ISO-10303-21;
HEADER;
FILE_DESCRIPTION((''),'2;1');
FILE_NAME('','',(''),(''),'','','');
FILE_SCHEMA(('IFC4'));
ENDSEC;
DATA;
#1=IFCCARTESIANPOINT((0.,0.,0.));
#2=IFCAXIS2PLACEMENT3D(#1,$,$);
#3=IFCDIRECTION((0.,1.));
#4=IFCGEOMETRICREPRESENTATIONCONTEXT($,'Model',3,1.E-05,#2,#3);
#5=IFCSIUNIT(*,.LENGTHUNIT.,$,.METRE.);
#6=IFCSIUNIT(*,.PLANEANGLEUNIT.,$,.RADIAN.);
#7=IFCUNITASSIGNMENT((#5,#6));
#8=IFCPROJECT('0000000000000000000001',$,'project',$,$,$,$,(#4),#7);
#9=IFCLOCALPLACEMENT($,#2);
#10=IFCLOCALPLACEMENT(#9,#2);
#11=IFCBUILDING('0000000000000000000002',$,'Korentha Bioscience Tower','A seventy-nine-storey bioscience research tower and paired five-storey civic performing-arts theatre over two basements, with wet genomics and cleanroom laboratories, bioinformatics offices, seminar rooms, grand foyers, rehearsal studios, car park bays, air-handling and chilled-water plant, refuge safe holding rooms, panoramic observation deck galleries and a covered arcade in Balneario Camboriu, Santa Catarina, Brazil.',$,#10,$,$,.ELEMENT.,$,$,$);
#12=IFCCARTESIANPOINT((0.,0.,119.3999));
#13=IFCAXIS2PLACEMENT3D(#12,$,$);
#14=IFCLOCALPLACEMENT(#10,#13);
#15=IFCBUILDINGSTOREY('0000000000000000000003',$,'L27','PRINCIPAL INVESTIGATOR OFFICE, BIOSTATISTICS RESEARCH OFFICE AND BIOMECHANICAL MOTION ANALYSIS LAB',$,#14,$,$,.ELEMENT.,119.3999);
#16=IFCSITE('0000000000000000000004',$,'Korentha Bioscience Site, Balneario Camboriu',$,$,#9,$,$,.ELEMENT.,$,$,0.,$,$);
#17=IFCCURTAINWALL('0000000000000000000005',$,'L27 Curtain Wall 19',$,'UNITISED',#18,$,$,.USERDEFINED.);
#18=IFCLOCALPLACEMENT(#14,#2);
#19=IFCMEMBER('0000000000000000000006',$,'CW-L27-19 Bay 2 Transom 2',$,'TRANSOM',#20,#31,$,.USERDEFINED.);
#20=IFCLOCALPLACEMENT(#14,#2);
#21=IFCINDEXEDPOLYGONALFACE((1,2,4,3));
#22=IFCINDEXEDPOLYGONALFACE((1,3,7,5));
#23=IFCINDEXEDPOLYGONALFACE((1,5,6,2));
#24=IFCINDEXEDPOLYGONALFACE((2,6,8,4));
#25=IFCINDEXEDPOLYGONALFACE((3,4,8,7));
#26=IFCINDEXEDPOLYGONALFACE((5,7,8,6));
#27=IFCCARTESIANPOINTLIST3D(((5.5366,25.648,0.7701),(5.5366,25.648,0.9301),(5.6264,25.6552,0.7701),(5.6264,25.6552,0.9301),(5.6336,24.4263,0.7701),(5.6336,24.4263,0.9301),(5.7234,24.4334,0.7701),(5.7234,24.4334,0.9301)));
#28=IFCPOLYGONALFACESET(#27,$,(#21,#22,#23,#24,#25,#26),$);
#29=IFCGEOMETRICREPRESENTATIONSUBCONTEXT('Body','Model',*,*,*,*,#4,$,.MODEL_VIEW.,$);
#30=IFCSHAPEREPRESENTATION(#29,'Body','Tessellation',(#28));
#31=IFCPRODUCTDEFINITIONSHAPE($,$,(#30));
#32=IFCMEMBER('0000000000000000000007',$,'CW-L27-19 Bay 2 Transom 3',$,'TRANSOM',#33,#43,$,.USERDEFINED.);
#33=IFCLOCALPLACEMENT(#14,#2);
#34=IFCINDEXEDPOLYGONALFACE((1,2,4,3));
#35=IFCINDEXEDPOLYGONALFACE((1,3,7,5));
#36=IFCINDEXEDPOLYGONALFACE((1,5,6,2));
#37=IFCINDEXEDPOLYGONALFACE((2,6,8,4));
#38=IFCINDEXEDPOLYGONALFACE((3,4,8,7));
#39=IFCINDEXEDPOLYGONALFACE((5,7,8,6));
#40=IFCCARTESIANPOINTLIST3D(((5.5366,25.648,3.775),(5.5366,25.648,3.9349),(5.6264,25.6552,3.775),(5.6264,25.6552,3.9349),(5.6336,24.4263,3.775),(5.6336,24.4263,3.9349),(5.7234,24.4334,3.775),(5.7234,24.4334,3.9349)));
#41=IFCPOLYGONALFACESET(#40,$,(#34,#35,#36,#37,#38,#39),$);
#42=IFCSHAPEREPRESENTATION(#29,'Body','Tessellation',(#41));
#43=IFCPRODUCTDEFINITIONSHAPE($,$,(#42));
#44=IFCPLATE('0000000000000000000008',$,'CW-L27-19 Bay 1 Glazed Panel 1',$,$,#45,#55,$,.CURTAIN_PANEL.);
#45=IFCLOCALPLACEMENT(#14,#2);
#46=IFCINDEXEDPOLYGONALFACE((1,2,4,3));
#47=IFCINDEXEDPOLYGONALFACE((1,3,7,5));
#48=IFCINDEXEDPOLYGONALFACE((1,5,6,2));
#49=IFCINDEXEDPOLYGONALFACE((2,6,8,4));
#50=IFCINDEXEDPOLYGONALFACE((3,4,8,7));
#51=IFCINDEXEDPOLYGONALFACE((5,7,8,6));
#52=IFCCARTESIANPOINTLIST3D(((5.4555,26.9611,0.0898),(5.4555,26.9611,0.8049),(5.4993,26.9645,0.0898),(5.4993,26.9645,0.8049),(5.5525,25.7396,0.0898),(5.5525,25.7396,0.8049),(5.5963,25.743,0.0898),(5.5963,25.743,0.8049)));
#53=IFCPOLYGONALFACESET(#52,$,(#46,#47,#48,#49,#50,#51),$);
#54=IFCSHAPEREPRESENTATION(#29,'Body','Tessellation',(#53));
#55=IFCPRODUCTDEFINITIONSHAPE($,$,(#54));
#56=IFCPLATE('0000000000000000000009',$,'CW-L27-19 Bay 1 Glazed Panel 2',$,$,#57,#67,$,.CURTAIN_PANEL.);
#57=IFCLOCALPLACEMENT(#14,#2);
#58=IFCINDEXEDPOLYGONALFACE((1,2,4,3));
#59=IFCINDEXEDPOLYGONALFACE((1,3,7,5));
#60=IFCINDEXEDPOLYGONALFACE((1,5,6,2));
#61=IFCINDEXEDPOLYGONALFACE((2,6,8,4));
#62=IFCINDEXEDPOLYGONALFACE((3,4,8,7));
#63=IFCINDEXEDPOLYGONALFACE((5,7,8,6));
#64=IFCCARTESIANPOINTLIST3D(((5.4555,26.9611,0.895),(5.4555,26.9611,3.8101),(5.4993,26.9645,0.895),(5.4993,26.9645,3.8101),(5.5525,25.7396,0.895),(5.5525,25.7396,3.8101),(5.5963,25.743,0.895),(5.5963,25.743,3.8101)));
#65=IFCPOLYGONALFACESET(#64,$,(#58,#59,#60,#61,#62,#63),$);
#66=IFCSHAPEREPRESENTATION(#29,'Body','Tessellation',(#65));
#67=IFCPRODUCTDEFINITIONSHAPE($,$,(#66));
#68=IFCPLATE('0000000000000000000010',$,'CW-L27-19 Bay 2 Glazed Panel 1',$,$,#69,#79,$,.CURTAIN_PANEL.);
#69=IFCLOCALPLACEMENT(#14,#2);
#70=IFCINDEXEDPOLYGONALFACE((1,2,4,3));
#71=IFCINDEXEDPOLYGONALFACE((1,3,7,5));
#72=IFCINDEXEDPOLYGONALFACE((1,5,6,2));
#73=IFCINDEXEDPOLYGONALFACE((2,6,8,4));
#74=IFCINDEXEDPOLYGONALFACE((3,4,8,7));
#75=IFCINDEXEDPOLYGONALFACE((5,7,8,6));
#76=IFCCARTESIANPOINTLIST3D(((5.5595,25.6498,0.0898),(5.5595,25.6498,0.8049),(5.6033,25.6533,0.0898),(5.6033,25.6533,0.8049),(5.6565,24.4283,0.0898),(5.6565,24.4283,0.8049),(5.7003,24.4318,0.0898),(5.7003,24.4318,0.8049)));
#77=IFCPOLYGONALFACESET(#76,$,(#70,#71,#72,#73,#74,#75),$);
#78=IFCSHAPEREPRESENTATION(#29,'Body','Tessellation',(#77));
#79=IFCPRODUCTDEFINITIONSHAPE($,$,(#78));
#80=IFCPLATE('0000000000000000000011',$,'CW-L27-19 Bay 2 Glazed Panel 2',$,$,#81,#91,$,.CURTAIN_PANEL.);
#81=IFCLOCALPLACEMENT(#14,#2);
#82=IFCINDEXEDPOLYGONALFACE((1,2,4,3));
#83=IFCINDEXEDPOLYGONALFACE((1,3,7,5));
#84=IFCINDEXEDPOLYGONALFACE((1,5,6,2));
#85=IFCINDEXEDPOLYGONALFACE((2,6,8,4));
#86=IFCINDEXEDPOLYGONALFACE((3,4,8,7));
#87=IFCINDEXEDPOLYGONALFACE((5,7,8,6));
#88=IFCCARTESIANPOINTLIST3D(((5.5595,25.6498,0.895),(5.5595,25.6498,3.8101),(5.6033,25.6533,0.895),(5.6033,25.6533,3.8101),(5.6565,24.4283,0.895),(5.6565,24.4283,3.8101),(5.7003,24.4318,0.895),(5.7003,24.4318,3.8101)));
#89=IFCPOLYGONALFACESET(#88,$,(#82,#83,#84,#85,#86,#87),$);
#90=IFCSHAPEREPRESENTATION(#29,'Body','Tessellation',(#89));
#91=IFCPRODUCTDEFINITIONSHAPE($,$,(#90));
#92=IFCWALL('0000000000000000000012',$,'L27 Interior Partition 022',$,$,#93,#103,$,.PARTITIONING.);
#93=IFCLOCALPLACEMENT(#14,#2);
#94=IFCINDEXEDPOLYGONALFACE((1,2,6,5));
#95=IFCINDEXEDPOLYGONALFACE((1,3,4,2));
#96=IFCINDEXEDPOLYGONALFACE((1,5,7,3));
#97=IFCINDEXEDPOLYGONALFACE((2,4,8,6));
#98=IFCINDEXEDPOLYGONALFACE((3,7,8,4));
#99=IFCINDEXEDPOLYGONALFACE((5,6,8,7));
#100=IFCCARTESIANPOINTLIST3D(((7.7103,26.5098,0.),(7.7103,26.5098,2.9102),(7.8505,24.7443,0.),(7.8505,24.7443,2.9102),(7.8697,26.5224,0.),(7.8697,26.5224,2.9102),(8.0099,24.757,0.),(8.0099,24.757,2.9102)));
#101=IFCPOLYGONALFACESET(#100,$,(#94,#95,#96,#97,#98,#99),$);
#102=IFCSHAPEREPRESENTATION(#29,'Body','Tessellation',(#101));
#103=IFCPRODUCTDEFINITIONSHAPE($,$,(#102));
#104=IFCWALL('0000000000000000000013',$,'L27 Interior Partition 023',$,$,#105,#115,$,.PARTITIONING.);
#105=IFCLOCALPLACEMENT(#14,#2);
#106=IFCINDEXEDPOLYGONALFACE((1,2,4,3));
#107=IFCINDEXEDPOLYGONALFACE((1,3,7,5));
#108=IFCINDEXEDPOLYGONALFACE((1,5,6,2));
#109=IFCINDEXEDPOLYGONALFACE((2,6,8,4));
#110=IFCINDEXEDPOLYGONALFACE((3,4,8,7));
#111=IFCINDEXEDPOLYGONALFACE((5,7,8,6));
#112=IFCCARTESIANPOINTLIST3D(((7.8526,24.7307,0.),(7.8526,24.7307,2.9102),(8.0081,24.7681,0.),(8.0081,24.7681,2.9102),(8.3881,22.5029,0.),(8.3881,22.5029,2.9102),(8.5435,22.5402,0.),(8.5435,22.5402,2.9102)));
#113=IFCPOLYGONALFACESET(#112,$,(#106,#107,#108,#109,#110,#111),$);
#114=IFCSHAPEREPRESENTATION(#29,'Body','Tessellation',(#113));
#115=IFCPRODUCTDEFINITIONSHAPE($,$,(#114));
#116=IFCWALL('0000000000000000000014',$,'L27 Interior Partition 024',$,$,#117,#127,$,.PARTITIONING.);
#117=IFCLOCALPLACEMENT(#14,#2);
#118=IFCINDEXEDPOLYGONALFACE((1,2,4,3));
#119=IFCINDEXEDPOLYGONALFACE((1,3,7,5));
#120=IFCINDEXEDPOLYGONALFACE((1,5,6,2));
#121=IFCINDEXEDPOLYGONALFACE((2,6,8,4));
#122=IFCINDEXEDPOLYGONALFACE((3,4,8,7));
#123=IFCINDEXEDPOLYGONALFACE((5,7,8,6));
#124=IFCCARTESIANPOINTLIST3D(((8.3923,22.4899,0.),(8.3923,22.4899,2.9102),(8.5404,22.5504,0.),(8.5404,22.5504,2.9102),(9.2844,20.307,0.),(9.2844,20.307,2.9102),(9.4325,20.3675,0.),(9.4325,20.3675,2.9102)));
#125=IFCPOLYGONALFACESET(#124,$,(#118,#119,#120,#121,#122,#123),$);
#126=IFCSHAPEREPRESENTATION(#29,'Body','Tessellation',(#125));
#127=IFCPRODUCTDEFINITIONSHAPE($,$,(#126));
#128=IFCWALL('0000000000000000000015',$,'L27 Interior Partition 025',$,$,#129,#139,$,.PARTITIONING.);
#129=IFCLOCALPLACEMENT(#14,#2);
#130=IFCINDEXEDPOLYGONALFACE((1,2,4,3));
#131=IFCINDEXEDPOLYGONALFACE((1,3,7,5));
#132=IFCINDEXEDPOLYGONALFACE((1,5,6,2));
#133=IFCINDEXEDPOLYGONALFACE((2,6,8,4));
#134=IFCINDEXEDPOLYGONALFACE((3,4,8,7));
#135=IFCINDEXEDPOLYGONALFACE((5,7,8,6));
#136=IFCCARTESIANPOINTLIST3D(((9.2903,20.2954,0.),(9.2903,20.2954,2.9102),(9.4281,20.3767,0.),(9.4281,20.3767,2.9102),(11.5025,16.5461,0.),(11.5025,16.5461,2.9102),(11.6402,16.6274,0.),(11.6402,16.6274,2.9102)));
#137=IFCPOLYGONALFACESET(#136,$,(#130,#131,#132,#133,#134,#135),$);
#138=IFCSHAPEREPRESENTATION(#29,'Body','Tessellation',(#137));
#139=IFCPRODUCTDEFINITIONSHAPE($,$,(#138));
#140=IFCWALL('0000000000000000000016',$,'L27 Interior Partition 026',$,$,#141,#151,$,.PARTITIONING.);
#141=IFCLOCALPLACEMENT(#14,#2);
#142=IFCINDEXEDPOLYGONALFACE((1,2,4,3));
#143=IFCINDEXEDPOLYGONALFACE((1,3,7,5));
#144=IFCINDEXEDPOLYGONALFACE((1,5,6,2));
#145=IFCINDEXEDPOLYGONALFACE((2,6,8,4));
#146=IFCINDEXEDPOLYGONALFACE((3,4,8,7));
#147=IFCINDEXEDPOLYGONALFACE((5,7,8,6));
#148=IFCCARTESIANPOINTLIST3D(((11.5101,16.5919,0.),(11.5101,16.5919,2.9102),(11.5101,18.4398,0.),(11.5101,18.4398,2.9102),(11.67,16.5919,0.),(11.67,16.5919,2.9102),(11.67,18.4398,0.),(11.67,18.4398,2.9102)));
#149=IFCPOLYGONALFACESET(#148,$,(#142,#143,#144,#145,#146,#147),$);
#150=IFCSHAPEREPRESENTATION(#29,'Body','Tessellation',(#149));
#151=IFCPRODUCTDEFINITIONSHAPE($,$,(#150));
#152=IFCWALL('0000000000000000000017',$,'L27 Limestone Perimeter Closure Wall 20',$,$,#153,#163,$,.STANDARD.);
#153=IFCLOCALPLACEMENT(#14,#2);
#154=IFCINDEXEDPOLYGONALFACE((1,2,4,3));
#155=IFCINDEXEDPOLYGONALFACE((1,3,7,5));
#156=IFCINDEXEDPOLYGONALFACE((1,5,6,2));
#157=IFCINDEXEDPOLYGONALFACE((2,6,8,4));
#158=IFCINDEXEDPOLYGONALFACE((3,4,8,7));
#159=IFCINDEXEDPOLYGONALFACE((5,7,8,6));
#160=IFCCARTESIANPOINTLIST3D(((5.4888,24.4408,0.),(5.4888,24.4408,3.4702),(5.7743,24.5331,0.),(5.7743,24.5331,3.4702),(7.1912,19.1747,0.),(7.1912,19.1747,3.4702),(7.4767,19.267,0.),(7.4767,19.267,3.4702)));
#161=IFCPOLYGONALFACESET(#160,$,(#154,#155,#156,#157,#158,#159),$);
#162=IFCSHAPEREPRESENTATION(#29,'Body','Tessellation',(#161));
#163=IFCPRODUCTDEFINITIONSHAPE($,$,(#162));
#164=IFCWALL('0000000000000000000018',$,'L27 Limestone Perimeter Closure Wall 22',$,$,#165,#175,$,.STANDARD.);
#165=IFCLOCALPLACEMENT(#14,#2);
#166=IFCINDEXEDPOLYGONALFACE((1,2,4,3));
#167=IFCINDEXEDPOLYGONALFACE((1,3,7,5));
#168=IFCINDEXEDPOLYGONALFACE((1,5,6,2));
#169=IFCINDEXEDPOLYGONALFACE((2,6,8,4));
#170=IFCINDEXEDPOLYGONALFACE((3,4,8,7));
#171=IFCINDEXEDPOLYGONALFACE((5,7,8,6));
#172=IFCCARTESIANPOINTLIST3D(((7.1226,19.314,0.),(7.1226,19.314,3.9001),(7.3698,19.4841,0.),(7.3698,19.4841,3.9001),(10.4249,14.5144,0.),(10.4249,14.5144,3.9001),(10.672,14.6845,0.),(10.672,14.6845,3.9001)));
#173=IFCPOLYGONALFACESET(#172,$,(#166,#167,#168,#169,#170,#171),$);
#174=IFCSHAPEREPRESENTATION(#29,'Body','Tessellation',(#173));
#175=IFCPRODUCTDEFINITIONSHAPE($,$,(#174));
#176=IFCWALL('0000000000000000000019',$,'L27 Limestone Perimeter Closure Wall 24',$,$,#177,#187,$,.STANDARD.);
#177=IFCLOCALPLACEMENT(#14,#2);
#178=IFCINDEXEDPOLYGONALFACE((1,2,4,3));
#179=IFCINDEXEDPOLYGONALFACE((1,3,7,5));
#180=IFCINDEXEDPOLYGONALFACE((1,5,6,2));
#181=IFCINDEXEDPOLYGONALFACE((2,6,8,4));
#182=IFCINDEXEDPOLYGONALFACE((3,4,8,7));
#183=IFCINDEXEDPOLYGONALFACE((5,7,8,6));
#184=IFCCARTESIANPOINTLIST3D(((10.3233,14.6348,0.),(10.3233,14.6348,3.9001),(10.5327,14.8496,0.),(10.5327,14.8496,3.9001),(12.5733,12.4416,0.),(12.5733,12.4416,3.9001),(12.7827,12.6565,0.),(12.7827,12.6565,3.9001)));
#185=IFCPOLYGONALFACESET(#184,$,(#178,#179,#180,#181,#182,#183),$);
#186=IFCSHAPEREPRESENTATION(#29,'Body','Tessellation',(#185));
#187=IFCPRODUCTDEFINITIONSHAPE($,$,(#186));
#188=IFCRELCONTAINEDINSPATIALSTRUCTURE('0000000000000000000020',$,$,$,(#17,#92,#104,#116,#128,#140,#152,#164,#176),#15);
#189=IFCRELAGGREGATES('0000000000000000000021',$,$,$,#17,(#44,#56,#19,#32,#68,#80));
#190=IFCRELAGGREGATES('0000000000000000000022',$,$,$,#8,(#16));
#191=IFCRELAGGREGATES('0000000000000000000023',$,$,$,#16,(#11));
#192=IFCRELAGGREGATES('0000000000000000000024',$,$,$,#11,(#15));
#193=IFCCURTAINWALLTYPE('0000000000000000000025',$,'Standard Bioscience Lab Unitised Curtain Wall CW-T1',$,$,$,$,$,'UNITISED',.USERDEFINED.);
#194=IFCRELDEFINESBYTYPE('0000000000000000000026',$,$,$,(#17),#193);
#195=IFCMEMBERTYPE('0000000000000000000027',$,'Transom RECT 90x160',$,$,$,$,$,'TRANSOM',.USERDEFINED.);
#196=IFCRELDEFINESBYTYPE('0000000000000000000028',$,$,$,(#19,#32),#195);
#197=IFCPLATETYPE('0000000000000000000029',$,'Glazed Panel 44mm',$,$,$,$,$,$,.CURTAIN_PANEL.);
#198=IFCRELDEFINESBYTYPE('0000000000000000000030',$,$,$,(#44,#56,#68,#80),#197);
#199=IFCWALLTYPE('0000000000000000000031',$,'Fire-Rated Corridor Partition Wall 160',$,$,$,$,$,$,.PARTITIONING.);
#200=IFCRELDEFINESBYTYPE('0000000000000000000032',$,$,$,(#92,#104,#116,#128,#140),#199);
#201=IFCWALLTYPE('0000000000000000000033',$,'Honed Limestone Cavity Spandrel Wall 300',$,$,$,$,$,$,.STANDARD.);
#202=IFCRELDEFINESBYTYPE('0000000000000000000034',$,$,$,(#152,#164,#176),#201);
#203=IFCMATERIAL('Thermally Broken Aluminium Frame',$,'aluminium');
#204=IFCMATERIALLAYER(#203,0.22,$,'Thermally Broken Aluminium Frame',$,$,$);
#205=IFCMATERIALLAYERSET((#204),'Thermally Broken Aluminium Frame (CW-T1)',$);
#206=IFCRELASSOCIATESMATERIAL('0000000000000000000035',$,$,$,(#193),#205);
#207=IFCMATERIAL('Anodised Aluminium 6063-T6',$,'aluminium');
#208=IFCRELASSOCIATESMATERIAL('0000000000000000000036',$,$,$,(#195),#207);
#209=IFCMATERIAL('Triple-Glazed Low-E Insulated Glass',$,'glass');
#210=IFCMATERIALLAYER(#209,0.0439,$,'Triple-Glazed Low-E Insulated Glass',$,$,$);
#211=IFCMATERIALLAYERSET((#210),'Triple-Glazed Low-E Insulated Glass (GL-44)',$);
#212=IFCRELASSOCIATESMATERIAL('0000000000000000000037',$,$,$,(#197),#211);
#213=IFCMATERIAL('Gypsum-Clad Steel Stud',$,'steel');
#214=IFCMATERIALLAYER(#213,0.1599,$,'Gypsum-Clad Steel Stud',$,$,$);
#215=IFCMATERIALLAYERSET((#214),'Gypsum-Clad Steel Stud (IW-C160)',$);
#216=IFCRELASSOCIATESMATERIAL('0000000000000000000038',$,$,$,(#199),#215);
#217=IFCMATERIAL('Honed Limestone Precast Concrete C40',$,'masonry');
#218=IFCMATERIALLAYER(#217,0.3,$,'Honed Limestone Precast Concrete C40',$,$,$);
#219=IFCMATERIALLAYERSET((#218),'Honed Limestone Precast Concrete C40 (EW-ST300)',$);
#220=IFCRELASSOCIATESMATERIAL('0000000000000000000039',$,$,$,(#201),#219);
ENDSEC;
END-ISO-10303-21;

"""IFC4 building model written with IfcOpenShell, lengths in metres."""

from ifc_helpers import new_model, si_unit, direction, frame, frame_2d, origin, origin_2d, place, context, subcontext, project, spatial, rectangle, extrude, material, layer, layer_set, material_profile, profile_set, type_object, element, aggregate, save


model = new_model("IFC4")

# Units and contexts
model_context = context("Model", 3, precision=1e-05, world=origin(), true_north=direction((0.0, 1.0)))
body_context = subcontext(model_context, "Body", "Model", "MODEL_VIEW")
ifc_project = project(units=[si_unit("LENGTHUNIT", "METRE"), si_unit("PLANEANGLEUNIT", "RADIAN")], contexts=[model_context])

# Site, building, storey
site_placement = place(None, origin())
site = spatial("IfcSite", under=ifc_project, at=site_placement, Name="Korentha Bioscience Site, Balneario Camboriu", CompositionType="ELEMENT", RefElevation=0.0)
building_placement = place(site_placement, origin())
building = spatial("IfcBuilding", under=site, at=building_placement, Name="Korentha Bioscience Tower", Description="A seventy-nine-storey bioscience research tower and paired five-storey civic performing-arts theatre over two basements, with wet genomics and cleanroom laboratories, bioinformatics offices, seminar rooms, grand foyers, rehearsal studios, car park bays, air-handling and chilled-water plant, refuge safe holding rooms, panoramic observation deck galleries and a covered arcade in Balneario Camboriu, Santa Catarina, Brazil.", CompositionType="ELEMENT")
storey_placement = place(building_placement, frame((0.0, 0.0, 119.3999)))
storey = spatial("IfcBuildingStorey", under=building, at=storey_placement, Name="L27", Description="PRINCIPAL INVESTIGATOR OFFICE, BIOSTATISTICS RESEARCH OFFICE AND BIOMECHANICAL MOTION ANALYSIS LAB", CompositionType="ELEMENT", Elevation=119.3999)

# Curtain wall
ifc_material_1 = material(Name="Thermally Broken Aluminium Frame", Category="aluminium")
ifc_layer_1 = layer(ifc_material_1, 0.22, Name="Thermally Broken Aluminium Frame")
ifc_layer_set_1 = layer_set([ifc_layer_1], Name="Thermally Broken Aluminium Frame (CW-T1)")
curtain_wall_type = type_object("IfcCurtainWallType", Name="Standard Bioscience Lab Unitised Curtain Wall CW-T1", ElementType="UNITISED", PredefinedType="USERDEFINED", material=ifc_layer_set_1)
curtain_wall_placement = place(storey_placement, origin())
curtain_wall = element("IfcCurtainWall", 1, at=curtain_wall_placement, inside=storey, type_object=curtain_wall_type, Name="L27 Curtain Wall 19", ObjectType="UNITISED", PredefinedType="USERDEFINED")
ifc_material_2 = material(Name="Anodised Aluminium 6063-T6", Category="aluminium")

# Members
ifc_material_profile_1 = material_profile(ifc_material_2, rectangle(XDim=0.0901, YDim=0.1599, at=origin_2d()), Name="Anodised Aluminium 6063-T6")
ifc_profile_set_1 = profile_set([ifc_material_profile_1], Name="Anodised Aluminium 6063-T6 (CW-TRN)")
member_type_1 = type_object("IfcMemberType", Name="Transom RECT 90x160", ElementType="TRANSOM", PredefinedType="USERDEFINED", material=ifc_profile_set_1)
member_1_placement = place(storey_placement, frame((5.5815, 25.6516, 0.8501), z_axis=(0.079088, -0.996868, 0.0), x_axis=(0.996868, 0.079088, 0.0)))
member_1 = element("IfcMember", 2, at=member_1_placement, type_object=member_type_1, Name="CW-L27-19 Bay 2 Transom 2", ObjectType="TRANSOM", PredefinedType="USERDEFINED", context=body_context, shape_type="SweptSolid", body=[
    extrude(rectangle(XDim=0.0901, YDim=0.1599, at=origin_2d()), origin(), (0.0, 0.0, 1.0), 1.2256),
])
member_2_placement = place(storey_placement, frame((5.5815, 25.6516, 3.855), z_axis=(0.079088, -0.996868, 0.0), x_axis=(0.996868, 0.079088, 0.0)))
member_2 = element("IfcMember", 3, at=member_2_placement, type_object=member_type_1, Name="CW-L27-19 Bay 2 Transom 3", ObjectType="TRANSOM", PredefinedType="USERDEFINED", context=body_context, shape_type="SweptSolid", body=[
    extrude(rectangle(XDim=0.0901, YDim=0.1599, at=origin_2d()), origin(), (0.0, 0.0, 1.0), 1.2256),
])

# Plates
ifc_material_3 = material(Name="Triple-Glazed Low-E Insulated Glass", Category="glass")
ifc_layer_2 = layer(ifc_material_3, 0.0439, Name="Triple-Glazed Low-E Insulated Glass")
ifc_layer_set_2 = layer_set([ifc_layer_2], Name="Triple-Glazed Low-E Insulated Glass (GL-44)")
plate_type = type_object("IfcPlateType", Name="Glazed Panel 44mm", PredefinedType="CURTAIN_PANEL", material=ifc_layer_set_2)
plate_1_placement = place(storey_placement, frame((5.5259, 26.3521, 0.0898), z_axis=(0.0, 0.0, 1.0), x_axis=(0.07913, -0.996864, 0.0)))
plate_1 = element("IfcPlate", 4, at=plate_1_placement, type_object=plate_type, Name="CW-L27-19 Bay 1 Glazed Panel 1", PredefinedType="CURTAIN_PANEL", context=body_context, shape_type="SweptSolid", body=[
    extrude(rectangle(XDim=1.2253, YDim=0.0439, at=origin_2d()), origin(), (0.0, 0.0, 1.0), 0.7151),
])
plate_2_placement = place(storey_placement, frame((5.5259, 26.3521, 0.895), z_axis=(0.0, 0.0, 1.0), x_axis=(0.07913, -0.996864, 0.0)))
plate_2 = element("IfcPlate", 5, at=plate_2_placement, type_object=plate_type, Name="CW-L27-19 Bay 1 Glazed Panel 2", PredefinedType="CURTAIN_PANEL", context=body_context, shape_type="SweptSolid", body=[
    extrude(rectangle(XDim=1.2253, YDim=0.0439, at=origin_2d()), origin(), (0.0, 0.0, 1.0), 2.915),
])
plate_3_placement = place(storey_placement, frame((5.6299, 25.0408, 0.0898), z_axis=(0.0, 0.0, 1.0), x_axis=(0.07913, -0.996864, 0.0)))
plate_3 = element("IfcPlate", 6, at=plate_3_placement, type_object=plate_type, Name="CW-L27-19 Bay 2 Glazed Panel 1", PredefinedType="CURTAIN_PANEL", context=body_context, shape_type="SweptSolid", body=[
    extrude(rectangle(XDim=1.2253, YDim=0.0439, at=origin_2d()), origin(), (0.0, 0.0, 1.0), 0.7151),
])
plate_4_placement = place(storey_placement, frame((5.6299, 25.0408, 0.895), z_axis=(0.0, 0.0, 1.0), x_axis=(0.07913, -0.996864, 0.0)))
plate_4 = element("IfcPlate", 7, at=plate_4_placement, type_object=plate_type, Name="CW-L27-19 Bay 2 Glazed Panel 2", PredefinedType="CURTAIN_PANEL", context=body_context, shape_type="SweptSolid", body=[
    extrude(rectangle(XDim=1.2253, YDim=0.0439, at=origin_2d()), origin(), (0.0, 0.0, 1.0), 2.915),
])
aggregate(curtain_wall, [plate_1, plate_2, member_1, member_2, plate_3, plate_4])

# Shared definitions
ifc_material_4 = material(Name="Gypsum-Clad Steel Stud", Category="steel")
ifc_layer_3 = layer(ifc_material_4, 0.1599, Name="Gypsum-Clad Steel Stud")
ifc_layer_set_3 = layer_set([ifc_layer_3], Name="Gypsum-Clad Steel Stud (IW-C160)")
wall_type_1 = type_object("IfcWallType", Name="Fire-Rated Corridor Partition Wall 160", PredefinedType="PARTITIONING", material=ifc_layer_set_3)

# Walls
wall_1_placement = place(storey_placement, frame((7.79, 26.5161, 0.0), z_axis=(0.0, 0.0, 1.0), x_axis=(0.079132, -0.996864, 0.0)))
element("IfcWall", 8, at=wall_1_placement, inside=storey, type_object=wall_type_1, Name="L27 Interior Partition 022", PredefinedType="PARTITIONING", context=body_context, shape_type="SweptSolid", body=[
    extrude(rectangle(XDim=1.771, YDim=0.1599, at=frame_2d((0.8855, 0.0))), origin(), (0.0, 0.0, 1.0), 2.9102),
])
wall_2_placement = place(storey_placement, frame((7.9304, 24.7493, 0.0), z_axis=(0.0, 0.0, 1.0), x_axis=(0.233675, -0.972315, 0.0)))
element("IfcWall", 9, at=wall_2_placement, inside=storey, type_object=wall_type_1, Name="L27 Interior Partition 023", PredefinedType="PARTITIONING", context=body_context, shape_type="SweptSolid", body=[
    extrude(rectangle(XDim=2.2913, YDim=0.1599, at=frame_2d((1.1455, 0.0))), origin(), (0.0, 0.0, 1.0), 2.9102),
])
wall_3_placement = place(storey_placement, frame((8.4663, 22.5203, 0.0), z_axis=(0.0, 0.0, 1.0), x_axis=(0.378306, -0.92568, 0.0)))
element("IfcWall", 10, at=wall_3_placement, inside=storey, type_object=wall_type_1, Name="L27 Interior Partition 024", PredefinedType="PARTITIONING", context=body_context, shape_type="SweptSolid", body=[
    extrude(rectangle(XDim=2.3582, YDim=0.1599, at=frame_2d((1.1792, 0.0))), origin(), (0.0, 0.0, 1.0), 2.9102),
])
wall_4_placement = place(storey_placement, frame((9.3591, 20.3362, 0.0), z_axis=(0.0, 0.0, 1.0), x_axis=(0.508164, -0.86126, 0.0)))
element("IfcWall", 11, at=wall_4_placement, inside=storey, type_object=wall_type_1, Name="L27 Interior Partition 025", PredefinedType="PARTITIONING", context=body_context, shape_type="SweptSolid", body=[
    extrude(rectangle(XDim=4.3533, YDim=0.1599, at=frame_2d((2.1768, 0.0))), origin(), (0.0, 0.0, 1.0), 2.9102),
])
wall_5_placement = place(storey_placement, frame((11.5901, 16.592, 0.0), z_axis=(0.0, 0.0, 1.0), x_axis=(0.0, 1.0, 0.0)))
element("IfcWall", 12, at=wall_5_placement, inside=storey, type_object=wall_type_1, Name="L27 Interior Partition 026", PredefinedType="PARTITIONING", context=body_context, shape_type="SweptSolid", body=[
    extrude(rectangle(XDim=1.8479, YDim=0.1599, at=frame_2d((0.9238, 0.0))), origin(), (0.0, 0.0, 1.0), 2.9102),
])
ifc_material_5 = material(Name="Honed Limestone Precast Concrete C40", Category="masonry")
ifc_layer_4 = layer(ifc_material_5, 0.3, Name="Honed Limestone Precast Concrete C40")
ifc_layer_set_4 = layer_set([ifc_layer_4], Name="Honed Limestone Precast Concrete C40 (EW-ST300)")
wall_type_2 = type_object("IfcWallType", Name="Honed Limestone Cavity Spandrel Wall 300", PredefinedType="STANDARD", material=ifc_layer_set_4)
wall_6_placement = place(storey_placement, frame((5.6316, 24.4868, 0.0), z_axis=(0.0, 0.0, 1.0), x_axis=(0.307599, -0.951516, 0.0)))
element("IfcWall", 13, at=wall_6_placement, inside=storey, type_object=wall_type_2, Name="L27 Limestone Perimeter Closure Wall 20", PredefinedType="STANDARD", context=body_context, shape_type="SweptSolid", body=[
    extrude(rectangle(XDim=5.5344, YDim=0.3, at=frame_2d((2.7671, 0.0))), origin(), (0.0, 0.0, 1.0), 3.4702),
])
wall_7_placement = place(storey_placement, frame((7.2461, 19.3992, 0.0), z_axis=(0.0, 0.0, 1.0), x_axis=(0.566826, -0.823838, 0.0)))
element("IfcWall", 14, at=wall_7_placement, inside=storey, type_object=wall_type_2, Name="L27 Limestone Perimeter Closure Wall 22", PredefinedType="STANDARD", context=body_context, shape_type="SweptSolid", body=[
    extrude(rectangle(XDim=5.8259, YDim=0.3, at=frame_2d((2.9131, 0.0))), origin(), (0.0, 0.0, 1.0), 3.9001),
])
wall_8_placement = place(storey_placement, frame((10.428, 14.7422, 0.0), z_axis=(0.0, 0.0, 1.0), x_axis=(0.716101, -0.697997, 0.0)))
element("IfcWall", 15, at=wall_8_placement, inside=storey, type_object=wall_type_2, Name="L27 Limestone Perimeter Closure Wall 24", PredefinedType="STANDARD", context=body_context, shape_type="SweptSolid", body=[
    extrude(rectangle(XDim=3.1421, YDim=0.3, at=frame_2d((1.571, 0.0))), origin(), (0.0, 0.0, 1.0), 3.9001),
])

save(model, "model.ifc")
